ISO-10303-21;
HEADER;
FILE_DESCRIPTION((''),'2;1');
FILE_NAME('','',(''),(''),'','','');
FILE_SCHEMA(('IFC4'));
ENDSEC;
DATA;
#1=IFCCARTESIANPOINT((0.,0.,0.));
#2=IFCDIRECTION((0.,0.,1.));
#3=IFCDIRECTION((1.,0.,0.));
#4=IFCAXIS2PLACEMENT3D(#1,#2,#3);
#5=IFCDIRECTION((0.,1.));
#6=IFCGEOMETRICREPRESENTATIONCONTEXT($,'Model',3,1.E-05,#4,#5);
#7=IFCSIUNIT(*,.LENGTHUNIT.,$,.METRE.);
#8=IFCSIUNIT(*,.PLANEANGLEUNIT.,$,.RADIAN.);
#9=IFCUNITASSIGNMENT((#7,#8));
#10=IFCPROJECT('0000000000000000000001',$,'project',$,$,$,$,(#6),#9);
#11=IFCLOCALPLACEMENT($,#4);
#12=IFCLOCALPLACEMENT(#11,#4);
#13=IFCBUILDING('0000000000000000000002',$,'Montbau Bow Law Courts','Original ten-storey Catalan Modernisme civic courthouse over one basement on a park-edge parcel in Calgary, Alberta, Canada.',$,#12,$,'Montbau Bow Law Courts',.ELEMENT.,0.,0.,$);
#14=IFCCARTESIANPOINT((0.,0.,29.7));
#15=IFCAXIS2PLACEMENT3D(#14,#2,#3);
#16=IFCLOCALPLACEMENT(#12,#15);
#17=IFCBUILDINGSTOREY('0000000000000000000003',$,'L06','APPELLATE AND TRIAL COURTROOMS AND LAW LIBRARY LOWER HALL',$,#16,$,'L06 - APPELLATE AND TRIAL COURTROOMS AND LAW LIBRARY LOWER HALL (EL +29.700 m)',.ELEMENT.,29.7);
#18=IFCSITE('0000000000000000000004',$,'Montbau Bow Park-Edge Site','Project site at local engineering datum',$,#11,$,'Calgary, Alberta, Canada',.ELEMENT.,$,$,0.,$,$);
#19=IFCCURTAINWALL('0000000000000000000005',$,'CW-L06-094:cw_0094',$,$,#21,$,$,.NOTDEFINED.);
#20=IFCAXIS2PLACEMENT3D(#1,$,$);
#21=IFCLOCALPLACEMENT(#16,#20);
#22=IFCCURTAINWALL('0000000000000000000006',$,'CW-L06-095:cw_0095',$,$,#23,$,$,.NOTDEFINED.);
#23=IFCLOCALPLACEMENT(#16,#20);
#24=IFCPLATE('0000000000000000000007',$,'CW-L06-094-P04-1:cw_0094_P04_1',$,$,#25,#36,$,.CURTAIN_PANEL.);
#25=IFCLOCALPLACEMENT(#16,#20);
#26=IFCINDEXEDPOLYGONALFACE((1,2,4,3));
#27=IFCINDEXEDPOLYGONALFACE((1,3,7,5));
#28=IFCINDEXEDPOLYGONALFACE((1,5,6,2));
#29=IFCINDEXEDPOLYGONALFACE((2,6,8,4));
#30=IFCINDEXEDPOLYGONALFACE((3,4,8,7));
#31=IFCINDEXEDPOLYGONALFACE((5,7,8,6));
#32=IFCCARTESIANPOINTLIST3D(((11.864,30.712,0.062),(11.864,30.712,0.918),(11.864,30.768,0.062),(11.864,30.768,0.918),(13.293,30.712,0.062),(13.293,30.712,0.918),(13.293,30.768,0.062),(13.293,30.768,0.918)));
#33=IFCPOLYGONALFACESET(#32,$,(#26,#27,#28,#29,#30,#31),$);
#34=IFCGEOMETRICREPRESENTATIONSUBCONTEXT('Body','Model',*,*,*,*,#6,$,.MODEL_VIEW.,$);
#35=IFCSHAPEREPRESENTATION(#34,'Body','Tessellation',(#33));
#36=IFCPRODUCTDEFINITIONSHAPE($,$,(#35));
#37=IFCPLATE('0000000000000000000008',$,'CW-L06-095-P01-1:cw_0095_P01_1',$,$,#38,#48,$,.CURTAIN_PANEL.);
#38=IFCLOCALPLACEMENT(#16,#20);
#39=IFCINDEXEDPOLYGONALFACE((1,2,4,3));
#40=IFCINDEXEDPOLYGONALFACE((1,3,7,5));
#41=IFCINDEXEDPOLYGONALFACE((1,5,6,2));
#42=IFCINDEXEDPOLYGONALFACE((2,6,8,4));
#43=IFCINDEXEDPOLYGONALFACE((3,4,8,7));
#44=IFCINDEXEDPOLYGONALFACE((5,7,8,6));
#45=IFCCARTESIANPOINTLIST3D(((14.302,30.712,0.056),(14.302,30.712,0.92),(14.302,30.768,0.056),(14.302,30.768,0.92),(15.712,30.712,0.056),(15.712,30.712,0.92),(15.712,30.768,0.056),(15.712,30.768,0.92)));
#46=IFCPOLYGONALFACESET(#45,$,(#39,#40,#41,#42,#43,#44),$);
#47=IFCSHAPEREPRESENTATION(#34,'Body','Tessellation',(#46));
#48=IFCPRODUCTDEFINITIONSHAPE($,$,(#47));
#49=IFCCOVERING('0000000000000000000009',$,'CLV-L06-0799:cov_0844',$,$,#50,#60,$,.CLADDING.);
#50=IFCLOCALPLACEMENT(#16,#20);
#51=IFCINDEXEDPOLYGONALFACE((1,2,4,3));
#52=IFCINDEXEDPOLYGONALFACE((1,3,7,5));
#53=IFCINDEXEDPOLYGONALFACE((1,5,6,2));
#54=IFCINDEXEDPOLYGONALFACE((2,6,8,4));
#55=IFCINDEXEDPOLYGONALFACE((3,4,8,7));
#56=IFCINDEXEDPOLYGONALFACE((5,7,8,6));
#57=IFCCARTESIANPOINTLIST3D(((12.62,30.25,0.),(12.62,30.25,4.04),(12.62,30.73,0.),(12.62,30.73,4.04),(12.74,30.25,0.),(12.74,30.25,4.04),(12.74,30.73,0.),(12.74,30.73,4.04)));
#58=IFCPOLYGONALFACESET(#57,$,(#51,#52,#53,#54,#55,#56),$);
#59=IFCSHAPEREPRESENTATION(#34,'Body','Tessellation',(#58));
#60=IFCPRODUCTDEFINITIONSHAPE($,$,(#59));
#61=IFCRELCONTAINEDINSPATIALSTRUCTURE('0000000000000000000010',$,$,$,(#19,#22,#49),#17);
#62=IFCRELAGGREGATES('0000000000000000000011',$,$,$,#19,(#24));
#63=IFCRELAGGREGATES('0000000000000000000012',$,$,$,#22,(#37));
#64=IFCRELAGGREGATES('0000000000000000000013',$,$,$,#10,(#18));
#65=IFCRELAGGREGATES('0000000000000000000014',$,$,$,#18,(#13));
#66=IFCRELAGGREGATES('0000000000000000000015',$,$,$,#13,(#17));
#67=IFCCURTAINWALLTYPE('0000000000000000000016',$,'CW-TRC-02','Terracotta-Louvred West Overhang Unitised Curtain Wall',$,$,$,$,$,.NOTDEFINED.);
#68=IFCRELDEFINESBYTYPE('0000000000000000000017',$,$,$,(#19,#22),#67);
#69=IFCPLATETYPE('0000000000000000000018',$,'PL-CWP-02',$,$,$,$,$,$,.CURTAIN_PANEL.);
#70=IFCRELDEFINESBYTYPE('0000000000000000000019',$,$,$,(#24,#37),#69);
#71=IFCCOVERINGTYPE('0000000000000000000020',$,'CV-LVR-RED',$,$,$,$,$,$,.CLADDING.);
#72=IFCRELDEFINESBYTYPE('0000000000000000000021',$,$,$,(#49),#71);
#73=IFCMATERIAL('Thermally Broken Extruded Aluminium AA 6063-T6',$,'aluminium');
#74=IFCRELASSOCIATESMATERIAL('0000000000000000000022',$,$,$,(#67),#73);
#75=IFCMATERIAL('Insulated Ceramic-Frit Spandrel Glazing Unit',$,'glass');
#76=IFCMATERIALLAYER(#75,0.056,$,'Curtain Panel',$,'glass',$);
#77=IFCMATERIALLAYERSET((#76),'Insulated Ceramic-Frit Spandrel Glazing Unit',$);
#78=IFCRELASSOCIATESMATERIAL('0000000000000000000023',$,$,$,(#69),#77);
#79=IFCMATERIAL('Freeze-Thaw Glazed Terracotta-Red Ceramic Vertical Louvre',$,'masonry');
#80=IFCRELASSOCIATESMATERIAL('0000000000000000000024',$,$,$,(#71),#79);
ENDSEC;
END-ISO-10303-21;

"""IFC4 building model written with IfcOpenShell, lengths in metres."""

from ifc_helpers import new_model, si_unit, direction, frame, frame_2d, origin_with_axes, place, context, subcontext, project, spatial, rectangle, extrude, material, layer, layer_set, type_object, element, aggregate, save


model = new_model("IFC4")

# Units and contexts
model_context = context("Model", 3, precision=1e-05, world=origin_with_axes(), true_north=direction((0.0, 1.0)))
body_context = subcontext(model_context, "Body", "Model", "MODEL_VIEW")
ifc_project = project(units=[si_unit("LENGTHUNIT", "METRE"), si_unit("PLANEANGLEUNIT", "RADIAN")], contexts=[model_context])

# Site, building, storey
site_placement = place(None, origin_with_axes())
site = spatial("IfcSite", under=ifc_project, at=site_placement, Name="Montbau Bow Park-Edge Site", Description="Project site at local engineering datum", LongName="Calgary, Alberta, Canada", CompositionType="ELEMENT", RefElevation=0.0)
building_placement = place(site_placement, origin_with_axes())
building = spatial("IfcBuilding", under=site, at=building_placement, Name="Montbau Bow Law Courts", Description="Original ten-storey Catalan Modernisme civic courthouse over one basement on a park-edge parcel in Calgary, Alberta, Canada.", LongName="Montbau Bow Law Courts", CompositionType="ELEMENT", ElevationOfRefHeight=0.0, ElevationOfTerrain=0.0)
storey_placement = place(building_placement, frame((0.0, 0.0, 29.7), z_axis=(0.0, 0.0, 1.0), x_axis=(1.0, 0.0, 0.0)))
storey = spatial("IfcBuildingStorey", under=building, at=storey_placement, Name="L06", Description="APPELLATE AND TRIAL COURTROOMS AND LAW LIBRARY LOWER HALL", LongName="L06 - APPELLATE AND TRIAL COURTROOMS AND LAW LIBRARY LOWER HALL (EL +29.700 m)", CompositionType="ELEMENT", Elevation=29.7)

# Curtain wall
ifc_material_1 = material(Name="Thermally Broken Extruded Aluminium AA 6063-T6", Category="aluminium")
curtain_wall_type = type_object("IfcCurtainWallType", Name="CW-TRC-02", Description="Terracotta-Louvred West Overhang Unitised Curtain Wall", PredefinedType="NOTDEFINED", material=ifc_material_1)
curtain_wall_1_placement = place(None, frame((7.24, 30.74, 29.7), z_axis=(0.0, 0.0, 1.0), x_axis=(1.0, 0.0, 0.0)))
curtain_wall_1 = element("IfcCurtainWall", 1, at=curtain_wall_1_placement, inside=storey, type_object=curtain_wall_type, Name="CW-L06-094:cw_0094", PredefinedType="NOTDEFINED")

# Curtain wall
curtain_wall_2_placement = place(None, frame((14.24, 30.74, 29.7), z_axis=(0.0, 0.0, 1.0), x_axis=(1.0, 0.0, 0.0)))
curtain_wall_2 = element("IfcCurtainWall", 2, at=curtain_wall_2_placement, inside=storey, type_object=curtain_wall_type, Name="CW-L06-095:cw_0095", PredefinedType="NOTDEFINED")

# Plates
ifc_material_2 = material(Name="Insulated Ceramic-Frit Spandrel Glazing Unit", Category="glass")
ifc_layer_1 = layer(ifc_material_2, 0.056, Name="Curtain Panel", Category="glass")
ifc_layer_set_1 = layer_set([ifc_layer_1], Name="Insulated Ceramic-Frit Spandrel Glazing Unit")
plate_type_1 = type_object("IfcPlateType", Name="PL-CWP-02", PredefinedType="CURTAIN_PANEL", material=ifc_layer_set_1)
plate_1_placement = place(None, frame((11.864, 30.74, 29.762), z_axis=(0.0, -1.0, 0.0), x_axis=(1.0, 0.0, 0.0)))
plate_1 = element("IfcPlate", 3, at=plate_1_placement, type_object=plate_type_1, Name="CW-L06-094-P04-1:cw_0094_P04_1", PredefinedType="CURTAIN_PANEL", context=body_context, shape_type="SweptSolid", body=[
    extrude(rectangle(XDim=1.429, YDim=0.856, at=frame_2d((0.7145, 0.428), x_axis=(1.0, 0.0))), frame((0.0, 0.0, -0.028), z_axis=(0.0, 0.0, 1.0), x_axis=(1.0, 0.0, 0.0)), (0.0, 0.0, 1.0), 0.056),
])
aggregate(curtain_wall_1, [plate_1])
plate_2_placement = place(None, frame((14.302, 30.74, 29.756), z_axis=(0.0, -1.0, 0.0), x_axis=(1.0, 0.0, 0.0)))
plate_2 = element("IfcPlate", 4, at=plate_2_placement, type_object=plate_type_1, Name="CW-L06-095-P01-1:cw_0095_P01_1", PredefinedType="CURTAIN_PANEL", context=body_context, shape_type="SweptSolid", body=[
    extrude(rectangle(XDim=1.41, YDim=0.864, at=frame_2d((0.705, 0.432), x_axis=(1.0, 0.0))), frame((0.0, 0.0, -0.028), z_axis=(0.0, 0.0, 1.0), x_axis=(1.0, 0.0, 0.0)), (0.0, 0.0, 1.0), 0.056),
])
aggregate(curtain_wall_2, [plate_2])

# Covering
ifc_material_3 = material(Name="Freeze-Thaw Glazed Terracotta-Red Ceramic Vertical Louvre", Category="masonry")
covering_type = type_object("IfcCoveringType", Name="CV-LVR-RED", PredefinedType="CLADDING", material=ifc_material_3)
covering_placement = place(None, frame((12.68, 30.73, 29.7), z_axis=(-1.0, 0.0, 0.0), x_axis=(0.0, -1.0, 0.0)))
element("IfcCovering", 5, at=covering_placement, inside=storey, type_object=covering_type, Name="CLV-L06-0799:cov_0844", PredefinedType="CLADDING", context=body_context, shape_type="SweptSolid", body=[
    extrude(rectangle(XDim=0.48, YDim=4.04, at=frame_2d((0.24, 2.02), x_axis=(1.0, 0.0))), frame((0.0, 0.0, -0.06), z_axis=(0.0, 0.0, 1.0), x_axis=(1.0, 0.0, 0.0)), (0.0, 0.0, 1.0), 0.12),
])

save(model, "model.ifc")
